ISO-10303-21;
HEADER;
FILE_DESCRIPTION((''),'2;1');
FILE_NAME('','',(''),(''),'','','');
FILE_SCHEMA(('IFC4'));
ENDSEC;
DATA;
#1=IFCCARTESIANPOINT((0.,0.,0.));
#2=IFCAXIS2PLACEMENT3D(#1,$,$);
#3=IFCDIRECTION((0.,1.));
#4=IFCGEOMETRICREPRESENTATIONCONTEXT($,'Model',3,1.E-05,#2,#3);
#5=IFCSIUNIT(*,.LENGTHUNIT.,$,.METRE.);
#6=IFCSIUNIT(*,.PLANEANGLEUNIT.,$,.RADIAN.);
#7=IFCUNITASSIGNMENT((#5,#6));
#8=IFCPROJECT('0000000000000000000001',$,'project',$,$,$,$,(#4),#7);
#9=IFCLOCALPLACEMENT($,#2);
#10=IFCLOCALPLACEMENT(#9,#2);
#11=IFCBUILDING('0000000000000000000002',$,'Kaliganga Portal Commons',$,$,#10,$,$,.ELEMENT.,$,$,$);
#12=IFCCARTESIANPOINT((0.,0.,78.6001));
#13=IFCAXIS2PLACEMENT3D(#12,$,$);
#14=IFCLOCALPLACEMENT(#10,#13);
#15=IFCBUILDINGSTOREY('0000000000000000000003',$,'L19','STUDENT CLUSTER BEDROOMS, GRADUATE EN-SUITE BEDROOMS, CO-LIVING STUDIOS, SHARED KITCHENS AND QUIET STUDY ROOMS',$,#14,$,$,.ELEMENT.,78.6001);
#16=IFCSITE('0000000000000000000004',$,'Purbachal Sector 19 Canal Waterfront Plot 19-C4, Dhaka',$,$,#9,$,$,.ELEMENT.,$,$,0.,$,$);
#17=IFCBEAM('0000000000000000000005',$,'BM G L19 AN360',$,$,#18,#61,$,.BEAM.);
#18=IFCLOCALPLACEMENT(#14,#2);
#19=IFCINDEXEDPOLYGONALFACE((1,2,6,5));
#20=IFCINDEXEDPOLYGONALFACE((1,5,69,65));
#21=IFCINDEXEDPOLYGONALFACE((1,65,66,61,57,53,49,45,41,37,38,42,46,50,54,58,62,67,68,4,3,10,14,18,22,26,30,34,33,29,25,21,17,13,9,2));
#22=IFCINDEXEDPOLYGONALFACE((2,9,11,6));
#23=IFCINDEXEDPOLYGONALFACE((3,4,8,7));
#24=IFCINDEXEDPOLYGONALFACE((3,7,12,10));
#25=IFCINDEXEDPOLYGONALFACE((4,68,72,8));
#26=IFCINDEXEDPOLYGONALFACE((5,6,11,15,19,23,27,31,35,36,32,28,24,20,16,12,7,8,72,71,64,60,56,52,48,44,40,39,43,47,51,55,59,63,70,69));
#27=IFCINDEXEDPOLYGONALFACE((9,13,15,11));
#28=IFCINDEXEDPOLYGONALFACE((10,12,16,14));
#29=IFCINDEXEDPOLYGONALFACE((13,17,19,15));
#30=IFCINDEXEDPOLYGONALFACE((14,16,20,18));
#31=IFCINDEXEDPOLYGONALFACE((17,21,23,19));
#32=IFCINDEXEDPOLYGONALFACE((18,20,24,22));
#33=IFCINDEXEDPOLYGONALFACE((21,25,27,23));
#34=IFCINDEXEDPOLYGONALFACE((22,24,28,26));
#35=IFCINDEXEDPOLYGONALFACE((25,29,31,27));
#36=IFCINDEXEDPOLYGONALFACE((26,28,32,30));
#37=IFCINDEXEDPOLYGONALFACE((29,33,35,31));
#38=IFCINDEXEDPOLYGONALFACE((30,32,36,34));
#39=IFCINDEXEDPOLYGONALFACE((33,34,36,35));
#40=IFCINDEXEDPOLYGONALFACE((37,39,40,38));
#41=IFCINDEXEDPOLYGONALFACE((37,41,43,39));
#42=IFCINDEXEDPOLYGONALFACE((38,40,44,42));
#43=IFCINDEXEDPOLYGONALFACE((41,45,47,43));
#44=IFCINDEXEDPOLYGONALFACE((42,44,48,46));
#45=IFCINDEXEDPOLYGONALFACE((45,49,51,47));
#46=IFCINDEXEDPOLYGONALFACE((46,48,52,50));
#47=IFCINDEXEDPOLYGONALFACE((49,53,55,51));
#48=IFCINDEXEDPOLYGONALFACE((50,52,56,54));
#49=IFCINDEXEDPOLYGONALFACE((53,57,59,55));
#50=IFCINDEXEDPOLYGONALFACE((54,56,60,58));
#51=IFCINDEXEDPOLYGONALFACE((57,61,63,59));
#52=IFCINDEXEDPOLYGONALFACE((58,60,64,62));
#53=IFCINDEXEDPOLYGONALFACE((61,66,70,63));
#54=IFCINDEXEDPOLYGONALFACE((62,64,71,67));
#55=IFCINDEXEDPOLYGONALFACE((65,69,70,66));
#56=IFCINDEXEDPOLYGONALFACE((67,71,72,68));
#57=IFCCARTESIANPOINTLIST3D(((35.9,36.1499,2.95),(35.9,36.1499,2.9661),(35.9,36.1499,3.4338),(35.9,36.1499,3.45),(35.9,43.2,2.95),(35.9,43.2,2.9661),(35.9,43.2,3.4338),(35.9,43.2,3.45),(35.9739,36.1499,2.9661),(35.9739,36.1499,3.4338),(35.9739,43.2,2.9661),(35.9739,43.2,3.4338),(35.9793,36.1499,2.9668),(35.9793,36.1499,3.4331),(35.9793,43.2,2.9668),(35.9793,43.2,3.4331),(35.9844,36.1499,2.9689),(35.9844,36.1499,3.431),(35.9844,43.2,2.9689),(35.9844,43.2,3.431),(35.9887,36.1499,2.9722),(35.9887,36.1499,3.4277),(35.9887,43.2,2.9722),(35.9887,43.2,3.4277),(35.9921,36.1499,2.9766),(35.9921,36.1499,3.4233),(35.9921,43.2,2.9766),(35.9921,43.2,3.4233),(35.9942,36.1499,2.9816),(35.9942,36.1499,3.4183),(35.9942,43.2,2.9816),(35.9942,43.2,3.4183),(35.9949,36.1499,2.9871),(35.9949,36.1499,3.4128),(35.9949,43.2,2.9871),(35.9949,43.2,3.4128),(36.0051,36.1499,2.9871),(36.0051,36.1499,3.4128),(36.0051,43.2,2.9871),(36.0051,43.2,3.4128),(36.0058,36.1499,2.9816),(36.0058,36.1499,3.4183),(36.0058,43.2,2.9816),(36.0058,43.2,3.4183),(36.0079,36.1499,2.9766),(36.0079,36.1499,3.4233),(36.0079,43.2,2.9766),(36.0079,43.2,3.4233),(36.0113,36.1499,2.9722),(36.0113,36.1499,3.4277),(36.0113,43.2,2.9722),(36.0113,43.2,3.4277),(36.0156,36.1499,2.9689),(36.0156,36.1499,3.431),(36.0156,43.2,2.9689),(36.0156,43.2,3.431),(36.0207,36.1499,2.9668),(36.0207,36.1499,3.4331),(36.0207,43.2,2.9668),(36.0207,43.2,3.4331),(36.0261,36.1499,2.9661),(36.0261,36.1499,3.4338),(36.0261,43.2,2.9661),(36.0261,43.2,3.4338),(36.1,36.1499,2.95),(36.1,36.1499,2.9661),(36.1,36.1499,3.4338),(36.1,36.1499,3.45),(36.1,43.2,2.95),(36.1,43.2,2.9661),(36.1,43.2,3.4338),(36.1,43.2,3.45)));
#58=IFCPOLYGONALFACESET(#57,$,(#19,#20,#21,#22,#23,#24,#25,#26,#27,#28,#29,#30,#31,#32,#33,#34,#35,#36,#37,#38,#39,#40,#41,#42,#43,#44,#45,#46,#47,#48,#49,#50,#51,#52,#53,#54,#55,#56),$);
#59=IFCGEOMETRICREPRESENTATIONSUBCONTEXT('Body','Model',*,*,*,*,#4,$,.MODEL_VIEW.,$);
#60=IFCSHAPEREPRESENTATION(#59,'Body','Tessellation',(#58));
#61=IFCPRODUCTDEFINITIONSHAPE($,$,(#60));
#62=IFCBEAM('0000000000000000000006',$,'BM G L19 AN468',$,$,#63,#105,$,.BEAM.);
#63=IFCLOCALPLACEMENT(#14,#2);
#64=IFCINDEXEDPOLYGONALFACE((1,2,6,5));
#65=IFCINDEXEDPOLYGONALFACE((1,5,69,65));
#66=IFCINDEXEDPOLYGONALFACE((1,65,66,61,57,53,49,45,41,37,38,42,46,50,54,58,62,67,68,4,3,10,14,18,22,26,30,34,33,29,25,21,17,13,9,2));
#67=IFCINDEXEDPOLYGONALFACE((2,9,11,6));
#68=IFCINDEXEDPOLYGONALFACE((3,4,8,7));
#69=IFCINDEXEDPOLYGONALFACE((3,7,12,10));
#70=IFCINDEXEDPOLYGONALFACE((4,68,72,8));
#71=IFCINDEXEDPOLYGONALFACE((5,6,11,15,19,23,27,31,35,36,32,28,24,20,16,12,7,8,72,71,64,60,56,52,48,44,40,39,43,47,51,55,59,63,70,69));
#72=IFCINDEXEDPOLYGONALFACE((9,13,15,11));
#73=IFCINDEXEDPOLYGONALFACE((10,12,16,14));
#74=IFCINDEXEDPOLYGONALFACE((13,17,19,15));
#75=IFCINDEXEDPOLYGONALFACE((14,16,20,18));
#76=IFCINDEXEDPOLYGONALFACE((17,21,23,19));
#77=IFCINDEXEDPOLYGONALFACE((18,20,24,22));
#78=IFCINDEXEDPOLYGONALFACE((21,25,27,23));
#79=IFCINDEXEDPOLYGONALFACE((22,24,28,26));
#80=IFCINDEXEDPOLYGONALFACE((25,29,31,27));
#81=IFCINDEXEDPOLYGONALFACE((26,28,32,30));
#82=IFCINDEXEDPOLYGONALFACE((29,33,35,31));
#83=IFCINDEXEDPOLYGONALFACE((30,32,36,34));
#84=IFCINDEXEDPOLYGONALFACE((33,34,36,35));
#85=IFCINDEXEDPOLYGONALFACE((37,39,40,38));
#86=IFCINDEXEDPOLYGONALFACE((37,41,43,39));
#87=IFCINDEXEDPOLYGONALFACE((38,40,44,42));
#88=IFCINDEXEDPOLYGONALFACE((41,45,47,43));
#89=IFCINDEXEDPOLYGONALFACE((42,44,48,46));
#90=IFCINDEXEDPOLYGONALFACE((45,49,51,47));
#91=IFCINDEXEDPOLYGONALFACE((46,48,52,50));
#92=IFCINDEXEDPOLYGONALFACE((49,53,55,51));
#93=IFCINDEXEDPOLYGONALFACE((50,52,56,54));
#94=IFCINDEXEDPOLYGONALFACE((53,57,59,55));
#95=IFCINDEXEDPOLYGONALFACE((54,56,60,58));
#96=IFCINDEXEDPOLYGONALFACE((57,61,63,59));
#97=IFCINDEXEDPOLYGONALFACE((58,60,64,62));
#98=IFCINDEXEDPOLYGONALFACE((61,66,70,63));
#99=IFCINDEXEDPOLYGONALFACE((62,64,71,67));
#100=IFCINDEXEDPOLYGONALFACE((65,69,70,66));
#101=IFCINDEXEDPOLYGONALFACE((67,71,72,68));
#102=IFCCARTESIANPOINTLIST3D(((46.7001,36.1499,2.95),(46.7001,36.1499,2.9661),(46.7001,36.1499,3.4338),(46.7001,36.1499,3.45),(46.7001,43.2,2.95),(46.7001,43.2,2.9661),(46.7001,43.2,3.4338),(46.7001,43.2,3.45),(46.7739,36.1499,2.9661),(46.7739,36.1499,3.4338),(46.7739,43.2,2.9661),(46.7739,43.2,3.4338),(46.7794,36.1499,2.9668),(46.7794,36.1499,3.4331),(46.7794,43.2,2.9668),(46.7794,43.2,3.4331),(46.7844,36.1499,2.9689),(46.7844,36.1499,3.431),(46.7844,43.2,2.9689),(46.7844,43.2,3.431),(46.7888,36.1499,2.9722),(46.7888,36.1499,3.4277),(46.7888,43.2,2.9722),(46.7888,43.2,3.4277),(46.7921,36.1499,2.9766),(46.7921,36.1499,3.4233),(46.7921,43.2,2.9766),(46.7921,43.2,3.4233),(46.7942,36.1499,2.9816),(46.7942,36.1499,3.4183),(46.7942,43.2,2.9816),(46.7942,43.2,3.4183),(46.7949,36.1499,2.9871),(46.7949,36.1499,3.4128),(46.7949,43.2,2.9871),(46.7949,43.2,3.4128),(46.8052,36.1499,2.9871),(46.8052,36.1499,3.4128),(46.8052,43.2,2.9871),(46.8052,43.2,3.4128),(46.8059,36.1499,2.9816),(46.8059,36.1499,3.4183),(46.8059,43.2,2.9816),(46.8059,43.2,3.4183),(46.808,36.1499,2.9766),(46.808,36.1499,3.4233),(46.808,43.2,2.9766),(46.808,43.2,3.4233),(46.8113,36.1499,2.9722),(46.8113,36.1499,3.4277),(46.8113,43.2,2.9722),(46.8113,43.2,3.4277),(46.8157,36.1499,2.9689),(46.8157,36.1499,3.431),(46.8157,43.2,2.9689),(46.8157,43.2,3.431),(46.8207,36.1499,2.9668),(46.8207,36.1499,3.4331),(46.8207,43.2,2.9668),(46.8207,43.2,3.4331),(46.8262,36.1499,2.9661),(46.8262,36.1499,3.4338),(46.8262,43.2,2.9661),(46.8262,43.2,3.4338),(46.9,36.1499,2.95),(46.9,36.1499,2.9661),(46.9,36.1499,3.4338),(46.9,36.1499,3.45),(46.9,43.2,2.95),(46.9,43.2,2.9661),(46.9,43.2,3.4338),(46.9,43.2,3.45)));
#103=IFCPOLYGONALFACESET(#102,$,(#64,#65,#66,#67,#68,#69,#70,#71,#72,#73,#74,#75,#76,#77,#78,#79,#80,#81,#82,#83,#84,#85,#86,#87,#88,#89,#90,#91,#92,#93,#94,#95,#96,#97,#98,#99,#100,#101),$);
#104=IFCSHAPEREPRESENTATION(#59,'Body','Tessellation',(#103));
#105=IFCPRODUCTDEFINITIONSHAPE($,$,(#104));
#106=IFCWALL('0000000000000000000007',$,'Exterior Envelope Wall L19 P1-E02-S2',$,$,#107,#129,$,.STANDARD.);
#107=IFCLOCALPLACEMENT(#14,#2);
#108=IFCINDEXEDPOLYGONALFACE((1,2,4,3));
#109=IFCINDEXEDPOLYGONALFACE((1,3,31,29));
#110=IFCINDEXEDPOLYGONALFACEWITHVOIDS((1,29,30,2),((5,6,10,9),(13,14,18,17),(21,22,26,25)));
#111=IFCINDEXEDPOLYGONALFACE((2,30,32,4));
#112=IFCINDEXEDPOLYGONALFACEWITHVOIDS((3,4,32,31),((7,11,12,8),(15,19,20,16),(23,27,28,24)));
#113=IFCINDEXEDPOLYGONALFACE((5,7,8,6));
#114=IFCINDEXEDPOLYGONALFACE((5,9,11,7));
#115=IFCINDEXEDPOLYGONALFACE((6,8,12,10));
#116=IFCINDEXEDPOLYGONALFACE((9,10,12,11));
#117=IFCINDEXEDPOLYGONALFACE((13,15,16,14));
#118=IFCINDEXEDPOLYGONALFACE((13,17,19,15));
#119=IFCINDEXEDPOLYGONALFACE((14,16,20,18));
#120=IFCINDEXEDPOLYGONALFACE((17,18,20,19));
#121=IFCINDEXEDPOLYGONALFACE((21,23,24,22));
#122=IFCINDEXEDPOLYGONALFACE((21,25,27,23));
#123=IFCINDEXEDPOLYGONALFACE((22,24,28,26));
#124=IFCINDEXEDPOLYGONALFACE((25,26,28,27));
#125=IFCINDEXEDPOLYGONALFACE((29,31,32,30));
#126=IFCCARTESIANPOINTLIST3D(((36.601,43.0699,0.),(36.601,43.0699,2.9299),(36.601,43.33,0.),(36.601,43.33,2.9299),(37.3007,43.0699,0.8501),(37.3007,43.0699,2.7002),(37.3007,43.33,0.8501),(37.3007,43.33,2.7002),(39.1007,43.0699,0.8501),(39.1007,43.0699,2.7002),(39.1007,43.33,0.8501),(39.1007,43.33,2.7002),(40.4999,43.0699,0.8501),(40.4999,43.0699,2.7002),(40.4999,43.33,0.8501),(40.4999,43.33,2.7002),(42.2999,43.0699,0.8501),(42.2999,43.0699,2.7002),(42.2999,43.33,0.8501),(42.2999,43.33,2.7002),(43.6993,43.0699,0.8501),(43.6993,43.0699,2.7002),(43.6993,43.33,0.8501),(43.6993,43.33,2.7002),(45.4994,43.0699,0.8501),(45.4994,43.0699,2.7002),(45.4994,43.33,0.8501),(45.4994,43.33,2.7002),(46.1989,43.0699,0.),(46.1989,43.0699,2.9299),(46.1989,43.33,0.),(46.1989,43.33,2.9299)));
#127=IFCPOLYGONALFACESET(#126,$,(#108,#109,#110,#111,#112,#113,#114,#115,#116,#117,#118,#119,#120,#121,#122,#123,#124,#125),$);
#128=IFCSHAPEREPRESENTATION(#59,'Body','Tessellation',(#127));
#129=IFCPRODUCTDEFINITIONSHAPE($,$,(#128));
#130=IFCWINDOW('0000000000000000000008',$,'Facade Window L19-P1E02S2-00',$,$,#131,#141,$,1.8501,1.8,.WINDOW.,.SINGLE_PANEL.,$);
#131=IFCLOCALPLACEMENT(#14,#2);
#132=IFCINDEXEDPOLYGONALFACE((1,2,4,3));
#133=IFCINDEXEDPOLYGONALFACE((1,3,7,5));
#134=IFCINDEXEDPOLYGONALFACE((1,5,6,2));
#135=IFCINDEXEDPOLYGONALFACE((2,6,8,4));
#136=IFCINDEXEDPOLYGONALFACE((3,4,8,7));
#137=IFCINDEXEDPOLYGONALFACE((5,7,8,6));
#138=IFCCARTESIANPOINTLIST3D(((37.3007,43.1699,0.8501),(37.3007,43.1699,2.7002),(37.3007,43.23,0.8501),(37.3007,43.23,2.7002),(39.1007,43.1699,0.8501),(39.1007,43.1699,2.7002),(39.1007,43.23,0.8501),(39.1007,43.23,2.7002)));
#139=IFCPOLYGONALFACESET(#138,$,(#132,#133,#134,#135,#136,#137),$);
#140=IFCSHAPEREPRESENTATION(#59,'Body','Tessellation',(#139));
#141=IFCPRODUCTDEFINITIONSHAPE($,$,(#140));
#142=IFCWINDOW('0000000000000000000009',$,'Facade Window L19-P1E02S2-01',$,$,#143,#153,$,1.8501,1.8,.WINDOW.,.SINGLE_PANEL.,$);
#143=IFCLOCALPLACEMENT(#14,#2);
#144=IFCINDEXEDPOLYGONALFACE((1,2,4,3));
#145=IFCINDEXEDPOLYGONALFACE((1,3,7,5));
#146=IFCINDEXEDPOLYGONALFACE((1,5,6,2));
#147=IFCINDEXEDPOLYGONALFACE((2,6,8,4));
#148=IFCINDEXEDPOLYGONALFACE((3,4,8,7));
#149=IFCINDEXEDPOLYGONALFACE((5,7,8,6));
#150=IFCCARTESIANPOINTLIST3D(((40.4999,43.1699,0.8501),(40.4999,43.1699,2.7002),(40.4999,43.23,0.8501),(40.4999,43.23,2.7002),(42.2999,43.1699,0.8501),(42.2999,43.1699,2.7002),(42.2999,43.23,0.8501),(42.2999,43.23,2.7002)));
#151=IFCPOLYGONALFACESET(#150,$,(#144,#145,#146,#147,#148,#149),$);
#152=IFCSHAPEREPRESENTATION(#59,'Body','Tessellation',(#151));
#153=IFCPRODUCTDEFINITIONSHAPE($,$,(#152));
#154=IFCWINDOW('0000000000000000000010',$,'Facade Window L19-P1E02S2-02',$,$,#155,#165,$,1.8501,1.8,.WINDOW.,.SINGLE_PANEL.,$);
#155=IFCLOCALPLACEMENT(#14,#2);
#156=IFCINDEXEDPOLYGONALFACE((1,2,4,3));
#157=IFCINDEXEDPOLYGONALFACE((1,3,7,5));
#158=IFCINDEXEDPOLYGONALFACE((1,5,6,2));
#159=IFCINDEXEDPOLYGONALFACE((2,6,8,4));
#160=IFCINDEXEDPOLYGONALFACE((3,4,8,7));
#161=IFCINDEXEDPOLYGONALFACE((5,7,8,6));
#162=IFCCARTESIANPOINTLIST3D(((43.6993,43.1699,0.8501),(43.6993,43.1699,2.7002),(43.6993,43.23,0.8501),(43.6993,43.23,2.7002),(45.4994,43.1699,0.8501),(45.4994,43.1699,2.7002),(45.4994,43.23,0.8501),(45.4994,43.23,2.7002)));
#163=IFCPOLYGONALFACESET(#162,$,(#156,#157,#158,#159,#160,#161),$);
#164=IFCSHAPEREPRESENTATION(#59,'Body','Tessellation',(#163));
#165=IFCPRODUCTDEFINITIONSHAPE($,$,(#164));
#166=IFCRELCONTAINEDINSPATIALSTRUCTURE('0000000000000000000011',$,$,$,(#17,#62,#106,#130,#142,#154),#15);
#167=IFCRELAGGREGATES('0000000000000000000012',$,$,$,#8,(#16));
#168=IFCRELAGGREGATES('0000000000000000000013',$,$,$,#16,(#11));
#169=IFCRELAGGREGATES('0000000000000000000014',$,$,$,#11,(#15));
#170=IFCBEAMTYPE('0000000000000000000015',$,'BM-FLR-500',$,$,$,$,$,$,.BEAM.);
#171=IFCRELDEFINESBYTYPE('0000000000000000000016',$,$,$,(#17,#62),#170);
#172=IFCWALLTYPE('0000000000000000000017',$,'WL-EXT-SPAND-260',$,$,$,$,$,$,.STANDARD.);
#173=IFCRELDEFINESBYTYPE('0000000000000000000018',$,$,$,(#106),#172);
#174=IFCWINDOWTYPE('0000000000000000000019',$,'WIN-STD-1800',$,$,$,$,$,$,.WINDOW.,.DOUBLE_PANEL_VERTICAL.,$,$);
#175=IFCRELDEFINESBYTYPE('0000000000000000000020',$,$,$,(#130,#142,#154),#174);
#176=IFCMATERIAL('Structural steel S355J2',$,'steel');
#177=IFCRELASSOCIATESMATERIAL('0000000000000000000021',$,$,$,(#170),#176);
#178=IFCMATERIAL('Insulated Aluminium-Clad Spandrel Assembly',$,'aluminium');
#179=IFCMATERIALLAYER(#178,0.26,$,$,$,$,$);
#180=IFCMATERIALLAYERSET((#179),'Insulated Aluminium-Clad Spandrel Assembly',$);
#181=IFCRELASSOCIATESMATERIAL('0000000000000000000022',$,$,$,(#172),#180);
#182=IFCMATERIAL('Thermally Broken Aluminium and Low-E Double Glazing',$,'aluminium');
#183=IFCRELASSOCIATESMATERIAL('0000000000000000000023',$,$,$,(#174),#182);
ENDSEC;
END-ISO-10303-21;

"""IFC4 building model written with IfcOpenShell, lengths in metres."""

from ifc_helpers import new_model, si_unit, direction, frame, frame_2d, origin, origin_2d, place, context, subcontext, project, spatial, rectangle, i_section, extrude, source, transform, mapped, material, layer, layer_set, material_profile, profile_set, type_object, element, fill, save


model = new_model("IFC4")

# Units and contexts
model_context = context("Model", 3, precision=1e-05, world=origin(), true_north=direction((0.0, 1.0)))
body_context = subcontext(model_context, "Body", "Model", "MODEL_VIEW")
ifc_project = project(units=[si_unit("LENGTHUNIT", "METRE"), si_unit("PLANEANGLEUNIT", "RADIAN")], contexts=[model_context])

# Site, building, storey
site_placement = place(None, origin())
site = spatial("IfcSite", under=ifc_project, at=site_placement, Name="Purbachal Sector 19 Canal Waterfront Plot 19-C4, Dhaka", CompositionType="ELEMENT", RefElevation=0.0)
building_placement = place(site_placement, origin())
building = spatial("IfcBuilding", under=site, at=building_placement, Name="Kaliganga Portal Commons", CompositionType="ELEMENT")
storey_placement = place(building_placement, frame((0.0, 0.0, 78.6001)))
storey = spatial("IfcBuildingStorey", under=building, at=storey_placement, Name="L19", Description="STUDENT CLUSTER BEDROOMS, GRADUATE EN-SUITE BEDROOMS, CO-LIVING STUDIOS, SHARED KITCHENS AND QUIET STUDY ROOMS", CompositionType="ELEMENT", Elevation=78.6001)

# Beams
ifc_material_1 = material(Name="Structural steel S355J2", Category="steel")
ifc_material_profile_1 = material_profile(ifc_material_1, i_section(OverallWidth=0.2, OverallDepth=0.5, WebThickness=0.0103, FlangeThickness=0.0161, FilletRadius=0.021, at=origin_2d()), Name="IPE 500")
ifc_profile_set_1 = profile_set([ifc_material_profile_1], Name="Structural steel S355J2 wide-flange")
beam_type_1 = type_object("IfcBeamType", Name="BM-FLR-500", PredefinedType="BEAM", material=ifc_profile_set_1)
shared_shape_1 = source(origin(), body_context, "Body", "SweptSolid", [
    extrude(i_section(OverallWidth=0.2, OverallDepth=0.5, WebThickness=0.0103, FlangeThickness=0.0161, FilletRadius=0.021, at=origin_2d()), origin(), (0.0, 0.0, 1.0), 7.05),
])
for number, where, z_axis, x_axis, name in (
    (1, (36.0, 36.1499, 3.2), (0.0, 1.0, 0.0), (-1.0, 0.0, 0.0), "BM G L19 AN360"),
    (2, (46.8, 36.1499, 3.2), (0.0, 1.0, 0.0), (-1.0, 0.0, 0.0), "BM G L19 AN468"),
):
    element("IfcBeam", number, at=place(storey_placement, frame(where, z_axis=z_axis, x_axis=x_axis)), inside=storey, type_object=beam_type_1, Name=name, PredefinedType="BEAM", context=body_context, shape_type="MappedRepresentation", body=[
        mapped(shared_shape_1, transform((0.0, 0.0, 0.0), x_axis=(1.0, 0.0, 0.0), y_axis=(0.0, 1.0, 0.0), z_axis=(0.0, 0.0, 1.0), scale=1.0)),
    ])

# Wall, openings, windows
ifc_material_2 = material(Name="Insulated Aluminium-Clad Spandrel Assembly", Category="aluminium")
ifc_layer_1 = layer(ifc_material_2, 0.26)
ifc_layer_set_1 = layer_set([ifc_layer_1], Name="Insulated Aluminium-Clad Spandrel Assembly")
wall_type_1 = type_object("IfcWallType", Name="WL-EXT-SPAND-260", PredefinedType="STANDARD", material=ifc_layer_set_1)
wall_1_placement = place(storey_placement, frame((36.6011, 43.2, 0.0), z_axis=(0.0, 0.0, 1.0), x_axis=(1.0, 0.0, 0.0)))
wall_1 = element("IfcWall", 3, at=wall_1_placement, inside=storey, type_object=wall_type_1, Name="Exterior Envelope Wall L19 P1-E02-S2", PredefinedType="STANDARD", context=body_context, shape_type="SweptSolid", body=[
    extrude(rectangle(XDim=9.5979, YDim=0.26, at=frame_2d((4.7988, 0.0))), origin(), (0.0, 0.0, 1.0), 2.9299),
])
opening_1_placement = place(wall_1_placement, frame((0.6997, 0.0, 0.8501)))
opening_1 = element("IfcOpeningElement", 4, at=opening_1_placement, cuts=wall_1, PredefinedType="OPENING", context=body_context, shape_type="SweptSolid", body=[
    extrude(rectangle(XDim=1.8, YDim=1.8501, at=frame_2d((0.8999, 0.925))), frame((0.0, 0.1401, 0.0), z_axis=(0.0, -1.0, 0.0), x_axis=(1.0, 0.0, 0.0)), (0.0, 0.0, 1.0), 0.28),
])
opening_2_placement = place(wall_1_placement, frame((3.8989, 0.0, 0.8501)))
opening_2 = element("IfcOpeningElement", 5, at=opening_2_placement, cuts=wall_1, PredefinedType="OPENING", context=body_context, shape_type="SweptSolid", body=[
    extrude(rectangle(XDim=1.8, YDim=1.8501, at=frame_2d((0.8999, 0.925))), frame((0.0, 0.1401, 0.0), z_axis=(0.0, -1.0, 0.0), x_axis=(1.0, 0.0, 0.0)), (0.0, 0.0, 1.0), 0.28),
])
opening_3_placement = place(wall_1_placement, frame((7.0984, 0.0, 0.8501)))
opening_3 = element("IfcOpeningElement", 6, at=opening_3_placement, cuts=wall_1, PredefinedType="OPENING", context=body_context, shape_type="SweptSolid", body=[
    extrude(rectangle(XDim=1.8, YDim=1.8501, at=frame_2d((0.8999, 0.925))), frame((0.0, 0.1401, 0.0), z_axis=(0.0, -1.0, 0.0), x_axis=(1.0, 0.0, 0.0)), (0.0, 0.0, 1.0), 0.28),
])
ifc_material_3 = material(Name="Thermally Broken Aluminium and Low-E Double Glazing", Category="aluminium")
window_type = type_object("IfcWindowType", Name="WIN-STD-1800", PartitioningType="DOUBLE_PANEL_VERTICAL", PredefinedType="WINDOW", material=ifc_material_3)
window_1_placement = place(opening_1_placement, origin())
window_1 = element("IfcWindow", 7, at=window_1_placement, inside=storey, type_object=window_type, Name="Facade Window L19-P1E02S2-00", OverallHeight=1.8501, OverallWidth=1.8, PartitioningType="SINGLE_PANEL", PredefinedType="WINDOW", context=body_context, shape_type="SweptSolid", body=[
    extrude(rectangle(XDim=1.8, YDim=1.8501, at=frame_2d((0.8999, 0.925))), frame((0.0, 0.03, 0.0), z_axis=(0.0, -1.0, 0.0), x_axis=(1.0, 0.0, 0.0)), (0.0, 0.0, 1.0), 0.0601),
])
fill(opening_1, window_1)
window_2_placement = place(opening_2_placement, origin())
window_2 = element("IfcWindow", 8, at=window_2_placement, inside=storey, type_object=window_type, Name="Facade Window L19-P1E02S2-01", OverallHeight=1.8501, OverallWidth=1.8, PartitioningType="SINGLE_PANEL", PredefinedType="WINDOW", context=body_context, shape_type="SweptSolid", body=[
    extrude(rectangle(XDim=1.8, YDim=1.8501, at=frame_2d((0.8999, 0.925))), frame((0.0, 0.03, 0.0), z_axis=(0.0, -1.0, 0.0), x_axis=(1.0, 0.0, 0.0)), (0.0, 0.0, 1.0), 0.0601),
])
fill(opening_2, window_2)
window_3_placement = place(opening_3_placement, origin())
window_3 = element("IfcWindow", 9, at=window_3_placement, inside=storey, type_object=window_type, Name="Facade Window L19-P1E02S2-02", OverallHeight=1.8501, OverallWidth=1.8, PartitioningType="SINGLE_PANEL", PredefinedType="WINDOW", context=body_context, shape_type="SweptSolid", body=[
    extrude(rectangle(XDim=1.8, YDim=1.8501, at=frame_2d((0.8999, 0.925))), frame((0.0, 0.03, 0.0), z_axis=(0.0, -1.0, 0.0), x_axis=(1.0, 0.0, 0.0)), (0.0, 0.0, 1.0), 0.0601),
])
fill(opening_3, window_3)

save(model, "model.ifc")
